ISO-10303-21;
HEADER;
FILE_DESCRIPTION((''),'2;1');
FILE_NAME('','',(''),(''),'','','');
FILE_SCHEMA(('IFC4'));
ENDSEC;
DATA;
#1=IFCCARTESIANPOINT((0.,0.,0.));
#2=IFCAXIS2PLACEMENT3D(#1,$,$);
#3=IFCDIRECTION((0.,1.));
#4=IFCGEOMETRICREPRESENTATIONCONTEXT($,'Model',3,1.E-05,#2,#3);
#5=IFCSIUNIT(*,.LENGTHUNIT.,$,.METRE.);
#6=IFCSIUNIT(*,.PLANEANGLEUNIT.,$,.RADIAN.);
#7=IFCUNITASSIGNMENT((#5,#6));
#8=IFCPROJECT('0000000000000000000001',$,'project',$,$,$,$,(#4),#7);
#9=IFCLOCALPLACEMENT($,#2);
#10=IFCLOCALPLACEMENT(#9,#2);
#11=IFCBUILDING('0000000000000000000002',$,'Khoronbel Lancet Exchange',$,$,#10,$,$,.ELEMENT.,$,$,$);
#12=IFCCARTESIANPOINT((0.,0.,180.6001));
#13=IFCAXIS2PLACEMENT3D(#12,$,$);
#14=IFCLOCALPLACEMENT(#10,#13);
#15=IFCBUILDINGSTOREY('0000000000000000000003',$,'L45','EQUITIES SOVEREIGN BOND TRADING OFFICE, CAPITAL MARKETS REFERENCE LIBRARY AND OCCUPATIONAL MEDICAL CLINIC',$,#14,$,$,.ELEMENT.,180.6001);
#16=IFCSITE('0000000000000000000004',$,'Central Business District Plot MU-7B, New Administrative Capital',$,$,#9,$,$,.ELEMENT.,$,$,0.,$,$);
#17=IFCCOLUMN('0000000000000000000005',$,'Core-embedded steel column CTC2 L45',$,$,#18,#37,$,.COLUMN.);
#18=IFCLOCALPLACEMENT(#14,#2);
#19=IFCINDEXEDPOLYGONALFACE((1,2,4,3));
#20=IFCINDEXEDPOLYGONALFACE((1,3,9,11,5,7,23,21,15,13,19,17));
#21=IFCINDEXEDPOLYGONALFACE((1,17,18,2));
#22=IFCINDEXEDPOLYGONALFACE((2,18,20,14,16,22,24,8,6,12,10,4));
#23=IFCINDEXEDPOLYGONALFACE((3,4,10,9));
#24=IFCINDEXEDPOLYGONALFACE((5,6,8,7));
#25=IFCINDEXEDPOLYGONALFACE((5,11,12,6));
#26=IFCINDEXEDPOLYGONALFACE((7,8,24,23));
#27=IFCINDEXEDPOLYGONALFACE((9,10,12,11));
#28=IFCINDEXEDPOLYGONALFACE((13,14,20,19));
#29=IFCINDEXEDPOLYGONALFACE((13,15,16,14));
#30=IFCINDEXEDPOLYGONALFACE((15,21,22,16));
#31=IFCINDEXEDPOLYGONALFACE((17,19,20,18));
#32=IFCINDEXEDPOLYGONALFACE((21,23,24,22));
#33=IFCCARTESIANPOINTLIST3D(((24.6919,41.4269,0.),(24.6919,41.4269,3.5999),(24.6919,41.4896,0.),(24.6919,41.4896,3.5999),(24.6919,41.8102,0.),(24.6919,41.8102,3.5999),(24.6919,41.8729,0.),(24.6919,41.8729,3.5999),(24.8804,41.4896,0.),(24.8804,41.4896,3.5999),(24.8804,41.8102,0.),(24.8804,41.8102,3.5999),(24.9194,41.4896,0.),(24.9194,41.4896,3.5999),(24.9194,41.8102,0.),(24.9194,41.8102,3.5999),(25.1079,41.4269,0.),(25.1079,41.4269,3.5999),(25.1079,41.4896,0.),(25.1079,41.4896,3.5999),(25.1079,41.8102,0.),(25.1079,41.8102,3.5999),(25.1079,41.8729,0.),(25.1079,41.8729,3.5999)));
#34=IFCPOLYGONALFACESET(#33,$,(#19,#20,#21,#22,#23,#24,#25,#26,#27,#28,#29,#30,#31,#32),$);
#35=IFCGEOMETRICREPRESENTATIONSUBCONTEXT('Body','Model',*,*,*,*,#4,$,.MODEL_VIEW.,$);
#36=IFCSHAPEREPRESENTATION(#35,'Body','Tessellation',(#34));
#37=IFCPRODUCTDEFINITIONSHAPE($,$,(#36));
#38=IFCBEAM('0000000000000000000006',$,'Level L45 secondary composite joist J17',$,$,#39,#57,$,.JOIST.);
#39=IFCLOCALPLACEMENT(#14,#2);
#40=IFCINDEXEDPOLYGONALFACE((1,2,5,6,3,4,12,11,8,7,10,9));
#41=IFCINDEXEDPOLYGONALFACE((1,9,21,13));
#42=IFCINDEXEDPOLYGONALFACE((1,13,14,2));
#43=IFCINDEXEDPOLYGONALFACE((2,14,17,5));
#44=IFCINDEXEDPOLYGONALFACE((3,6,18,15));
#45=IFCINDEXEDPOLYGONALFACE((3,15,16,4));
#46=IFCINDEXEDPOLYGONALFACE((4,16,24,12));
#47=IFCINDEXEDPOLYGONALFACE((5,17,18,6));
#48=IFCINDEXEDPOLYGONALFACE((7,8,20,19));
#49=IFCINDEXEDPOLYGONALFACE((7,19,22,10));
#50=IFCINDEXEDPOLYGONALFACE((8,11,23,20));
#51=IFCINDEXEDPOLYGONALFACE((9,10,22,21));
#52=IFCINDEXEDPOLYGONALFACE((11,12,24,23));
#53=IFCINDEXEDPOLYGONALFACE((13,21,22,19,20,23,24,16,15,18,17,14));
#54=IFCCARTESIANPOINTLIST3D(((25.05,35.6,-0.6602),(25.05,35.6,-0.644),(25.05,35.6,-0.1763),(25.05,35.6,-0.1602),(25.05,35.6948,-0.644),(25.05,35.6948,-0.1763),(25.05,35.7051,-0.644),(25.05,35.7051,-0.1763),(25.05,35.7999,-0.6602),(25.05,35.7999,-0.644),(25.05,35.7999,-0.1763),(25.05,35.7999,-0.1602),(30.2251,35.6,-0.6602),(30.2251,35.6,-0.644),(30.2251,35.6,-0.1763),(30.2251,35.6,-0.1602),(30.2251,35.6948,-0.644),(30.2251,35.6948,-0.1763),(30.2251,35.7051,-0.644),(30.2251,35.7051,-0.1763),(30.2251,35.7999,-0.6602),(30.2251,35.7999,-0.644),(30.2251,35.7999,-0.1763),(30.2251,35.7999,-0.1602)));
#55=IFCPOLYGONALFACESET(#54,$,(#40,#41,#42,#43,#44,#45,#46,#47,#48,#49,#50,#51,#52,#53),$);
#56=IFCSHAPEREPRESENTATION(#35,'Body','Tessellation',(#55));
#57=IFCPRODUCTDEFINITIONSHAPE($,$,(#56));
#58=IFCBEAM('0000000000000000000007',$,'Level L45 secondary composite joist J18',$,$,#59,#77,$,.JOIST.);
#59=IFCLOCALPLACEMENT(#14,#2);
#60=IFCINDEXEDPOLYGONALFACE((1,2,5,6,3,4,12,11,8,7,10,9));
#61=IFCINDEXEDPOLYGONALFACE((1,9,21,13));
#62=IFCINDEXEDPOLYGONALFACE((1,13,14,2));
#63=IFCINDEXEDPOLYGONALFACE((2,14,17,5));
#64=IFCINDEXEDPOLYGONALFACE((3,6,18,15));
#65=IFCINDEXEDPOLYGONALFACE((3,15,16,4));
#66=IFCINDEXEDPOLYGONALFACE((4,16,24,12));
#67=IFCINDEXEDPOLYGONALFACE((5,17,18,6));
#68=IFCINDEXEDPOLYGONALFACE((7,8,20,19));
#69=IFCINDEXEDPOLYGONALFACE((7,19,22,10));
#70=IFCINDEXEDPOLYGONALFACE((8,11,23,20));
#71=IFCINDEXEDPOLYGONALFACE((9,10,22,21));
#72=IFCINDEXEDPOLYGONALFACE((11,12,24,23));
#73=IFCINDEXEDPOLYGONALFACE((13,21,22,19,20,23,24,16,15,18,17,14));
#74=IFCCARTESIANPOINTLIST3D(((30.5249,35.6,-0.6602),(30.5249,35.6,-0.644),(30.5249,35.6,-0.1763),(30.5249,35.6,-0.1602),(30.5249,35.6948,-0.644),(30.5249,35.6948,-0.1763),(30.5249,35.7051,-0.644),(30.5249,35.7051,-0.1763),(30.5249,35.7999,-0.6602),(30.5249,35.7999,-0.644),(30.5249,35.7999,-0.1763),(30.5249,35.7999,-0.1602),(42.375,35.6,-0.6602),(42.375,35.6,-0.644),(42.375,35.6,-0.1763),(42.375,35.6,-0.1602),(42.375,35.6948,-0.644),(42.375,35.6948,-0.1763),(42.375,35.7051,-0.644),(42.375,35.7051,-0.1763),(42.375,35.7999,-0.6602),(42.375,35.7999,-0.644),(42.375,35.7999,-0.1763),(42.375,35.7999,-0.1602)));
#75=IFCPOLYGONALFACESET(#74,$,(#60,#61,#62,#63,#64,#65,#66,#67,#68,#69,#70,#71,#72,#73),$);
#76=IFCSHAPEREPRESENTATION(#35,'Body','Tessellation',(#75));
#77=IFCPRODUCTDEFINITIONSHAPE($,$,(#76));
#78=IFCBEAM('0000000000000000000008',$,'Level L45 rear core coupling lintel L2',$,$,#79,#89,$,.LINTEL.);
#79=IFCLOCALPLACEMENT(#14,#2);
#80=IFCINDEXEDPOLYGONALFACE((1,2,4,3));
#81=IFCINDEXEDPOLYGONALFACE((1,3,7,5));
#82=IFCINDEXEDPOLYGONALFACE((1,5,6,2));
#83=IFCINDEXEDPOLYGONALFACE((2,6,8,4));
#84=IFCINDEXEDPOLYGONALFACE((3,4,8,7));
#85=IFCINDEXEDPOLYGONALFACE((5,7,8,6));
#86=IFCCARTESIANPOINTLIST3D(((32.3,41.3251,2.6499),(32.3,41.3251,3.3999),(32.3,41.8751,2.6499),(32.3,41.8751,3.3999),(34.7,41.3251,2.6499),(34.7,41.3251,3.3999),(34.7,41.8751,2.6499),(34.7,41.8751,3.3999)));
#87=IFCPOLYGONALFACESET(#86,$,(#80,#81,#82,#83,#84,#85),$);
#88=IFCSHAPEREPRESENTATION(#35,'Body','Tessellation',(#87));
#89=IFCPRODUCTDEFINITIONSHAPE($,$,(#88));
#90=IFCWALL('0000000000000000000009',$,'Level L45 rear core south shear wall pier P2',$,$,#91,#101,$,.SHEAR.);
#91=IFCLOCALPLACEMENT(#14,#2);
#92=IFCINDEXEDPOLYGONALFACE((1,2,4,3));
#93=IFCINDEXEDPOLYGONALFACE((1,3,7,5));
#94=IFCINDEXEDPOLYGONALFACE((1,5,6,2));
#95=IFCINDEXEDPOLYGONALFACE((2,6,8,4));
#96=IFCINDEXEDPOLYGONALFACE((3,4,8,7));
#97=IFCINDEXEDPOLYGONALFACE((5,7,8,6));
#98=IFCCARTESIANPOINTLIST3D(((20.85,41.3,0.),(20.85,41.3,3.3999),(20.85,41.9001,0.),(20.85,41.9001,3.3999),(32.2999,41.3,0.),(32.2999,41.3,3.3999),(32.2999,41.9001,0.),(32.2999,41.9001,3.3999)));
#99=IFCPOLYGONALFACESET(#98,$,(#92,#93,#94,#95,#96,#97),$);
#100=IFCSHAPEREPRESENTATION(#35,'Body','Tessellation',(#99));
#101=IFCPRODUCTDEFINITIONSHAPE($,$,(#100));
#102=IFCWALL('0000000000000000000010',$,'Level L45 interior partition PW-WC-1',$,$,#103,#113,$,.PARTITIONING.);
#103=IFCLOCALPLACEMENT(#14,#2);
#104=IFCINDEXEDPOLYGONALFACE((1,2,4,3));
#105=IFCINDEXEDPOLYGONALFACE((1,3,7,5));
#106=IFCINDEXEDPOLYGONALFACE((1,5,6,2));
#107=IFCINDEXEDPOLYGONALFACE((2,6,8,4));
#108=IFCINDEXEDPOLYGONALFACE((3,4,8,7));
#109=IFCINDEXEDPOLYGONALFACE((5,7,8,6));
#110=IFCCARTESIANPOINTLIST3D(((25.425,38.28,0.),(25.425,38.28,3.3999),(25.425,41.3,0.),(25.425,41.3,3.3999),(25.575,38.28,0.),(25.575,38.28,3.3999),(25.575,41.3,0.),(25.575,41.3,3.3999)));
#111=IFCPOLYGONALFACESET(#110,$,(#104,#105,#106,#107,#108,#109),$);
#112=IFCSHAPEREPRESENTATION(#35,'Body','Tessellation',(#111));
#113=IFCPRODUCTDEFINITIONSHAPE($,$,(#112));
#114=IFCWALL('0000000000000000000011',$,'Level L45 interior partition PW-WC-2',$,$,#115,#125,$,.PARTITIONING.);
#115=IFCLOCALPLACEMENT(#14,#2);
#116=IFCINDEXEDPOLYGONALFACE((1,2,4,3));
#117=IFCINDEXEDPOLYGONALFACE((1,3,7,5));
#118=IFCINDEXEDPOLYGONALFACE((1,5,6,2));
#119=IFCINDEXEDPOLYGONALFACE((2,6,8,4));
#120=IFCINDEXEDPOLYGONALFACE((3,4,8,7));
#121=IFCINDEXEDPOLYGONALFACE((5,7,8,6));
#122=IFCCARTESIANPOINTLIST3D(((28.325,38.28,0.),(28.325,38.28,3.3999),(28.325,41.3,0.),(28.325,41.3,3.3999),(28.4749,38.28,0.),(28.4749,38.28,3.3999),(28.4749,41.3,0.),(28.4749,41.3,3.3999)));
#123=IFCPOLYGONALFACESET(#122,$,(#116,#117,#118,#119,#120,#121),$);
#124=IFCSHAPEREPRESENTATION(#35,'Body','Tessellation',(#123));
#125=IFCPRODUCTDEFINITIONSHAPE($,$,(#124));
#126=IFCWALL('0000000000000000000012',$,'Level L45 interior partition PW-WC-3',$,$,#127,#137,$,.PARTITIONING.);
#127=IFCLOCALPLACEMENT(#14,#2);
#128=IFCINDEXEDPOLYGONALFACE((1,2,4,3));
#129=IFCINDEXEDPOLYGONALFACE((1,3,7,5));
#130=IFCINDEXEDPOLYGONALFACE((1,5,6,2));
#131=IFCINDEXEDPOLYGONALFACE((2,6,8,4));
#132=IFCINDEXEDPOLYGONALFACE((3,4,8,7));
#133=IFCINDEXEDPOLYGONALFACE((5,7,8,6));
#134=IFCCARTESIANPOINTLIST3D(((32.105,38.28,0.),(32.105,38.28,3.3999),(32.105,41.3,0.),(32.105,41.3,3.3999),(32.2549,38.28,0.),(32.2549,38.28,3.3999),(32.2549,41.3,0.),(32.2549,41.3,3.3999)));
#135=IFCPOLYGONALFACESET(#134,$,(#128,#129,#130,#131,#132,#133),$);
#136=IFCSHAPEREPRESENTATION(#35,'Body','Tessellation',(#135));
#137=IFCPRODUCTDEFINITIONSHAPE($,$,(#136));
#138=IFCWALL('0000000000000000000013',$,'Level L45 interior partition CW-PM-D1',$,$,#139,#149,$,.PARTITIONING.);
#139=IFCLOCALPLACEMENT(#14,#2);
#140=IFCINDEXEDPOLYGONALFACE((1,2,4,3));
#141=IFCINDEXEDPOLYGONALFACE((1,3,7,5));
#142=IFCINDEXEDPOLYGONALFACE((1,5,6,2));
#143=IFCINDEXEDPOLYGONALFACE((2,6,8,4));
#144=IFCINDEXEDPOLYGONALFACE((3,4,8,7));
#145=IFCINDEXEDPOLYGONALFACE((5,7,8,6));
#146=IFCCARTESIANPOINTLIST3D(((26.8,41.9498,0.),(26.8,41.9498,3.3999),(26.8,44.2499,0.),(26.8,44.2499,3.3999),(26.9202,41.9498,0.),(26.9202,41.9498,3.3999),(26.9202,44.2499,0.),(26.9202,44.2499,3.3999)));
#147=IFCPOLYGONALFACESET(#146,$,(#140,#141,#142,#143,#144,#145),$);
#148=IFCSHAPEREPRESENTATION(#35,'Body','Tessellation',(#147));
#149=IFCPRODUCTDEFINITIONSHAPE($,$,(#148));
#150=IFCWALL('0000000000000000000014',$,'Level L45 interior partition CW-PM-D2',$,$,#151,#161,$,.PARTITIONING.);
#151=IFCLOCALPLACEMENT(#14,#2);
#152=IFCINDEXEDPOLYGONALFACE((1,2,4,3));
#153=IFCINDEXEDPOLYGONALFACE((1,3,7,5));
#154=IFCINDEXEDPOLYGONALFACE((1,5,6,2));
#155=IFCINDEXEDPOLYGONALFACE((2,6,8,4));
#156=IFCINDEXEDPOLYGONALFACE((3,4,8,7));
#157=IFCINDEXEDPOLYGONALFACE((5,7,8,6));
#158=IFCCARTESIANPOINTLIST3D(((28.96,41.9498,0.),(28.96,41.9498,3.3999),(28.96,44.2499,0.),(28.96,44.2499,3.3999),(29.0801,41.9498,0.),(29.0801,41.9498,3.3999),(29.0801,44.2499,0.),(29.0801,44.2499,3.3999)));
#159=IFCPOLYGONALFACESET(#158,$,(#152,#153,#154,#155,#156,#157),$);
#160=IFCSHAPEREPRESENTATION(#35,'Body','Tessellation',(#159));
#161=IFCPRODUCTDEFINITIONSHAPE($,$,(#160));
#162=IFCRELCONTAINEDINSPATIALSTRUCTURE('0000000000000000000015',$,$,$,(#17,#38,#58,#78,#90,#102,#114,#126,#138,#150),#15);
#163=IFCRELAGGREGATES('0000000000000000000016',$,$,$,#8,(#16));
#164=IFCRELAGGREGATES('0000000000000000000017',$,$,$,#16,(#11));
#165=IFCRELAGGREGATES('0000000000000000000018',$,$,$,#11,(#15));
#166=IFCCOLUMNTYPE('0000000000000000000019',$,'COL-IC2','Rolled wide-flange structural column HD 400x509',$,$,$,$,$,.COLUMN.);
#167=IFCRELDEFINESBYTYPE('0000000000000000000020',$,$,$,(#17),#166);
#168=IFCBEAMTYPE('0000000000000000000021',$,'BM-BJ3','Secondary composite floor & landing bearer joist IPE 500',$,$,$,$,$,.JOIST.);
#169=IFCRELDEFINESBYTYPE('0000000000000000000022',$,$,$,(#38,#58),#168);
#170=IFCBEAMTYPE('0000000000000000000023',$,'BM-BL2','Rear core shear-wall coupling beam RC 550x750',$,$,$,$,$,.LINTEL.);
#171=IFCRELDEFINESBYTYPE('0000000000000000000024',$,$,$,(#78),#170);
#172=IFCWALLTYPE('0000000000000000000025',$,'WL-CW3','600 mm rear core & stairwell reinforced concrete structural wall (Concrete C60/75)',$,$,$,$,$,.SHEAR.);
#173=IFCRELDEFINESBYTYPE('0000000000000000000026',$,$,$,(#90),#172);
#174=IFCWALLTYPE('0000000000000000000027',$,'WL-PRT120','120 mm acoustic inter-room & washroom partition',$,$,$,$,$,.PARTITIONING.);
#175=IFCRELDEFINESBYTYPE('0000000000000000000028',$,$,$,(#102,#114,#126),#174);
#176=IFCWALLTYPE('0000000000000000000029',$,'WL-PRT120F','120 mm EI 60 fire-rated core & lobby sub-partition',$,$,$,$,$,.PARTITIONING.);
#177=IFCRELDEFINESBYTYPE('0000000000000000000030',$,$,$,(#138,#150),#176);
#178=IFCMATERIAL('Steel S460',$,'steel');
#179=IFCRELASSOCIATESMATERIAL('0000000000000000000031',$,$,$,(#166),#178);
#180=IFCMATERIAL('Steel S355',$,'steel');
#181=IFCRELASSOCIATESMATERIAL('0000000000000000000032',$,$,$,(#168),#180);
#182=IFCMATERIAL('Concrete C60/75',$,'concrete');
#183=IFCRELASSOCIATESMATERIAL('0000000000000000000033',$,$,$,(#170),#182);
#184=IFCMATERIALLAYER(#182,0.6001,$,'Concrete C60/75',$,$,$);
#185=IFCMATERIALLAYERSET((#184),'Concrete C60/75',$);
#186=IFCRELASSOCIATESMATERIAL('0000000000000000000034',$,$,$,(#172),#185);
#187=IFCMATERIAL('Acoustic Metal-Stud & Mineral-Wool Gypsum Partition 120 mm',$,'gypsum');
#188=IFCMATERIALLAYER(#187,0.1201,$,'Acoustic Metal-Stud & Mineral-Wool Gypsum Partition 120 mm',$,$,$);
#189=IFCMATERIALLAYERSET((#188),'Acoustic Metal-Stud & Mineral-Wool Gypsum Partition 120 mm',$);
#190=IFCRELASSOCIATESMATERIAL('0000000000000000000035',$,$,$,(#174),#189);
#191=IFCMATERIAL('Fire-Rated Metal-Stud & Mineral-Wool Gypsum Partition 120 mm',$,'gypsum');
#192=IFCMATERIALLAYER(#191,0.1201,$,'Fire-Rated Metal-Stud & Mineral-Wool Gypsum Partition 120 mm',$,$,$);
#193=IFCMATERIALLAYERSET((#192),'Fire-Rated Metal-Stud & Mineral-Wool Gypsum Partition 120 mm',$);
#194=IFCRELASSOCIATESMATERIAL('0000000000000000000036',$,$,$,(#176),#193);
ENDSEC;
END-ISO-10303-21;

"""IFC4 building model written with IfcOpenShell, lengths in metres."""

from ifc_helpers import new_model, si_unit, direction, frame, frame_2d, origin, origin_2d, place, context, subcontext, project, spatial, rectangle, i_section, extrude, material, layer, layer_set, material_profile, profile_set, type_object, element, save


model = new_model("IFC4")

# Units and contexts
model_context = context("Model", 3, precision=1e-05, world=origin(), true_north=direction((0.0, 1.0)))
body_context = subcontext(model_context, "Body", "Model", "MODEL_VIEW")
ifc_project = project(units=[si_unit("LENGTHUNIT", "METRE"), si_unit("PLANEANGLEUNIT", "RADIAN")], contexts=[model_context])

# Site, building, storey
site_placement = place(None, origin())
site = spatial("IfcSite", under=ifc_project, at=site_placement, Name="Central Business District Plot MU-7B, New Administrative Capital", CompositionType="ELEMENT", RefElevation=0.0)
building_placement = place(site_placement, origin())
building = spatial("IfcBuilding", under=site, at=building_placement, Name="Khoronbel Lancet Exchange", CompositionType="ELEMENT")
storey_placement = place(building_placement, frame((0.0, 0.0, 180.6001)))
storey = spatial("IfcBuildingStorey", under=building, at=storey_placement, Name="L45", Description="EQUITIES SOVEREIGN BOND TRADING OFFICE, CAPITAL MARKETS REFERENCE LIBRARY AND OCCUPATIONAL MEDICAL CLINIC", CompositionType="ELEMENT", Elevation=180.6001)

# Column
ifc_material_1 = material(Name="Steel S460", Category="steel")
ifc_material_profile_1 = material_profile(ifc_material_1, i_section(OverallWidth=0.416, OverallDepth=0.446, WebThickness=0.0391, FlangeThickness=0.0627, at=origin_2d()), Name="HD 400x509")
ifc_profile_set_1 = profile_set([ifc_material_profile_1], Name="Steel S460")
column_type = type_object("IfcColumnType", Name="COL-IC2", Description="Rolled wide-flange structural column HD 400x509", PredefinedType="COLUMN", material=ifc_profile_set_1)
column_placement = place(storey_placement, frame((24.8999, 41.6499, 0.0), z_axis=(0.0, 0.0, 1.0), x_axis=(1.0, 0.0, 0.0)))
element("IfcColumn", 1, at=column_placement, inside=storey, type_object=column_type, Name="Core-embedded steel column CTC2 L45", PredefinedType="COLUMN", context=body_context, shape_type="SweptSolid", body=[
    extrude(i_section(OverallWidth=0.416, OverallDepth=0.446, WebThickness=0.0391, FlangeThickness=0.0627, at=origin_2d()), origin(), (0.0, 0.0, 1.0), 3.5999),
])

# Beams
ifc_material_2 = material(Name="Steel S355", Category="steel")
ifc_material_profile_2 = material_profile(ifc_material_2, i_section(OverallWidth=0.2, OverallDepth=0.5, WebThickness=0.0103, FlangeThickness=0.0161, at=origin_2d()), Name="IPE 500")
ifc_profile_set_2 = profile_set([ifc_material_profile_2], Name="Steel S355")
beam_type_1 = type_object("IfcBeamType", Name="BM-BJ3", Description="Secondary composite floor & landing bearer joist IPE 500", PredefinedType="JOIST", material=ifc_profile_set_2)
beam_1_placement = place(storey_placement, frame((25.05, 35.7, -0.4102), z_axis=(1.0, 0.0, 0.0), x_axis=(0.0, 1.0, 0.0)))
element("IfcBeam", 2, at=beam_1_placement, inside=storey, type_object=beam_type_1, Name="Level L45 secondary composite joist J17", PredefinedType="JOIST", context=body_context, shape_type="SweptSolid", body=[
    extrude(i_section(OverallWidth=0.2, OverallDepth=0.5, WebThickness=0.0103, FlangeThickness=0.0161, at=origin_2d()), origin(), (0.0, 0.0, 1.0), 5.175),
])
beam_2_placement = place(storey_placement, frame((30.5249, 35.7, -0.4102), z_axis=(1.0, 0.0, 0.0), x_axis=(0.0, 1.0, 0.0)))
element("IfcBeam", 3, at=beam_2_placement, inside=storey, type_object=beam_type_1, Name="Level L45 secondary composite joist J18", PredefinedType="JOIST", context=body_context, shape_type="SweptSolid", body=[
    extrude(i_section(OverallWidth=0.2, OverallDepth=0.5, WebThickness=0.0103, FlangeThickness=0.0161, at=origin_2d()), origin(), (0.0, 0.0, 1.0), 11.8501),
])
ifc_material_3 = material(Name="Concrete C60/75", Category="concrete")
ifc_material_profile_3 = material_profile(ifc_material_3, rectangle(XDim=0.55, YDim=0.75, at=origin_2d()), Name="RC 550x750")
ifc_profile_set_3 = profile_set([ifc_material_profile_3], Name="Concrete C60/75")
beam_type_2 = type_object("IfcBeamType", Name="BM-BL2", Description="Rear core shear-wall coupling beam RC 550x750", PredefinedType="LINTEL", material=ifc_profile_set_3)
beam_3_placement = place(storey_placement, frame((32.3, 41.6001, 3.0249), z_axis=(1.0, 0.0, 0.0), x_axis=(0.0, 1.0, 0.0)))
element("IfcBeam", 4, at=beam_3_placement, inside=storey, type_object=beam_type_2, Name="Level L45 rear core coupling lintel L2", PredefinedType="LINTEL", context=body_context, shape_type="SweptSolid", body=[
    extrude(rectangle(XDim=0.55, YDim=0.75, at=origin_2d()), origin(), (0.0, 0.0, 1.0), 2.3999),
])

# Walls
ifc_layer_1 = layer(ifc_material_3, 0.6001, Name="Concrete C60/75")
ifc_layer_set_1 = layer_set([ifc_layer_1], Name="Concrete C60/75")
wall_type_1 = type_object("IfcWallType", Name="WL-CW3", Description="600 mm rear core & stairwell reinforced concrete structural wall (Concrete C60/75)", PredefinedType="SHEAR", material=ifc_layer_set_1)
wall_1_placement = place(storey_placement, frame((32.3, 41.6001, 0.0), z_axis=(0.0, 0.0, 1.0), x_axis=(-1.0, 0.0, 0.0)))
element("IfcWall", 5, at=wall_1_placement, inside=storey, type_object=wall_type_1, Name="Level L45 rear core south shear wall pier P2", PredefinedType="SHEAR", context=body_context, shape_type="SweptSolid", body=[
    extrude(rectangle(XDim=11.45, YDim=0.6001, at=frame_2d((5.7251, 0.0))), origin(), (0.0, 0.0, 1.0), 3.3999),
])
ifc_material_4 = material(Name="Acoustic Metal-Stud & Mineral-Wool Gypsum Partition 120 mm", Category="gypsum")
ifc_layer_2 = layer(ifc_material_4, 0.1201, Name="Acoustic Metal-Stud & Mineral-Wool Gypsum Partition 120 mm")
ifc_layer_set_2 = layer_set([ifc_layer_2], Name="Acoustic Metal-Stud & Mineral-Wool Gypsum Partition 120 mm")
wall_type_2 = type_object("IfcWallType", Name="WL-PRT120", Description="120 mm acoustic inter-room & washroom partition", PredefinedType="PARTITIONING", material=ifc_layer_set_2)
for number, where, z_axis, x_axis, name in (
    (6, (25.5, 38.28, 0.0), (0.0, 0.0, 1.0), (0.0, 1.0, 0.0), "Level L45 interior partition PW-WC-1"),
    (7, (28.3999, 38.28, 0.0), (0.0, 0.0, 1.0), (0.0, 1.0, 0.0), "Level L45 interior partition PW-WC-2"),
    (8, (32.1799, 38.28, 0.0), (0.0, 0.0, 1.0), (0.0, 1.0, 0.0), "Level L45 interior partition PW-WC-3"),
):
    element("IfcWall", number, at=place(storey_placement, frame(where, z_axis=z_axis, x_axis=x_axis)), inside=storey, type_object=wall_type_2, Name=name, PredefinedType="PARTITIONING", context=body_context, shape_type="SweptSolid", body=[
        extrude(rectangle(XDim=3.02, YDim=0.1499, at=frame_2d((1.51, 0.0))), origin(), (0.0, 0.0, 1.0), 3.3999),
    ])
ifc_material_5 = material(Name="Fire-Rated Metal-Stud & Mineral-Wool Gypsum Partition 120 mm", Category="gypsum")
ifc_layer_3 = layer(ifc_material_5, 0.1201, Name="Fire-Rated Metal-Stud & Mineral-Wool Gypsum Partition 120 mm")
ifc_layer_set_3 = layer_set([ifc_layer_3], Name="Fire-Rated Metal-Stud & Mineral-Wool Gypsum Partition 120 mm")
wall_type_3 = type_object("IfcWallType", Name="WL-PRT120F", Description="120 mm EI 60 fire-rated core & lobby sub-partition", PredefinedType="PARTITIONING", material=ifc_layer_set_3)
for number, where, z_axis, x_axis, name in (
    (9, (26.8601, 41.95, 0.0), (0.0, 0.0, 1.0), (0.0, 1.0, 0.0), "Level L45 interior partition CW-PM-D1"),
    (10, (29.02, 41.95, 0.0), (0.0, 0.0, 1.0), (0.0, 1.0, 0.0), "Level L45 interior partition CW-PM-D2"),
):
    element("IfcWall", number, at=place(storey_placement, frame(where, z_axis=z_axis, x_axis=x_axis)), inside=storey, type_object=wall_type_3, Name=name, PredefinedType="PARTITIONING", context=body_context, shape_type="SweptSolid", body=[
        extrude(rectangle(XDim=2.3, YDim=0.1201, at=frame_2d((1.1499, 0.0))), origin(), (0.0, 0.0, 1.0), 3.3999),
    ])

save(model, "model.ifc")
